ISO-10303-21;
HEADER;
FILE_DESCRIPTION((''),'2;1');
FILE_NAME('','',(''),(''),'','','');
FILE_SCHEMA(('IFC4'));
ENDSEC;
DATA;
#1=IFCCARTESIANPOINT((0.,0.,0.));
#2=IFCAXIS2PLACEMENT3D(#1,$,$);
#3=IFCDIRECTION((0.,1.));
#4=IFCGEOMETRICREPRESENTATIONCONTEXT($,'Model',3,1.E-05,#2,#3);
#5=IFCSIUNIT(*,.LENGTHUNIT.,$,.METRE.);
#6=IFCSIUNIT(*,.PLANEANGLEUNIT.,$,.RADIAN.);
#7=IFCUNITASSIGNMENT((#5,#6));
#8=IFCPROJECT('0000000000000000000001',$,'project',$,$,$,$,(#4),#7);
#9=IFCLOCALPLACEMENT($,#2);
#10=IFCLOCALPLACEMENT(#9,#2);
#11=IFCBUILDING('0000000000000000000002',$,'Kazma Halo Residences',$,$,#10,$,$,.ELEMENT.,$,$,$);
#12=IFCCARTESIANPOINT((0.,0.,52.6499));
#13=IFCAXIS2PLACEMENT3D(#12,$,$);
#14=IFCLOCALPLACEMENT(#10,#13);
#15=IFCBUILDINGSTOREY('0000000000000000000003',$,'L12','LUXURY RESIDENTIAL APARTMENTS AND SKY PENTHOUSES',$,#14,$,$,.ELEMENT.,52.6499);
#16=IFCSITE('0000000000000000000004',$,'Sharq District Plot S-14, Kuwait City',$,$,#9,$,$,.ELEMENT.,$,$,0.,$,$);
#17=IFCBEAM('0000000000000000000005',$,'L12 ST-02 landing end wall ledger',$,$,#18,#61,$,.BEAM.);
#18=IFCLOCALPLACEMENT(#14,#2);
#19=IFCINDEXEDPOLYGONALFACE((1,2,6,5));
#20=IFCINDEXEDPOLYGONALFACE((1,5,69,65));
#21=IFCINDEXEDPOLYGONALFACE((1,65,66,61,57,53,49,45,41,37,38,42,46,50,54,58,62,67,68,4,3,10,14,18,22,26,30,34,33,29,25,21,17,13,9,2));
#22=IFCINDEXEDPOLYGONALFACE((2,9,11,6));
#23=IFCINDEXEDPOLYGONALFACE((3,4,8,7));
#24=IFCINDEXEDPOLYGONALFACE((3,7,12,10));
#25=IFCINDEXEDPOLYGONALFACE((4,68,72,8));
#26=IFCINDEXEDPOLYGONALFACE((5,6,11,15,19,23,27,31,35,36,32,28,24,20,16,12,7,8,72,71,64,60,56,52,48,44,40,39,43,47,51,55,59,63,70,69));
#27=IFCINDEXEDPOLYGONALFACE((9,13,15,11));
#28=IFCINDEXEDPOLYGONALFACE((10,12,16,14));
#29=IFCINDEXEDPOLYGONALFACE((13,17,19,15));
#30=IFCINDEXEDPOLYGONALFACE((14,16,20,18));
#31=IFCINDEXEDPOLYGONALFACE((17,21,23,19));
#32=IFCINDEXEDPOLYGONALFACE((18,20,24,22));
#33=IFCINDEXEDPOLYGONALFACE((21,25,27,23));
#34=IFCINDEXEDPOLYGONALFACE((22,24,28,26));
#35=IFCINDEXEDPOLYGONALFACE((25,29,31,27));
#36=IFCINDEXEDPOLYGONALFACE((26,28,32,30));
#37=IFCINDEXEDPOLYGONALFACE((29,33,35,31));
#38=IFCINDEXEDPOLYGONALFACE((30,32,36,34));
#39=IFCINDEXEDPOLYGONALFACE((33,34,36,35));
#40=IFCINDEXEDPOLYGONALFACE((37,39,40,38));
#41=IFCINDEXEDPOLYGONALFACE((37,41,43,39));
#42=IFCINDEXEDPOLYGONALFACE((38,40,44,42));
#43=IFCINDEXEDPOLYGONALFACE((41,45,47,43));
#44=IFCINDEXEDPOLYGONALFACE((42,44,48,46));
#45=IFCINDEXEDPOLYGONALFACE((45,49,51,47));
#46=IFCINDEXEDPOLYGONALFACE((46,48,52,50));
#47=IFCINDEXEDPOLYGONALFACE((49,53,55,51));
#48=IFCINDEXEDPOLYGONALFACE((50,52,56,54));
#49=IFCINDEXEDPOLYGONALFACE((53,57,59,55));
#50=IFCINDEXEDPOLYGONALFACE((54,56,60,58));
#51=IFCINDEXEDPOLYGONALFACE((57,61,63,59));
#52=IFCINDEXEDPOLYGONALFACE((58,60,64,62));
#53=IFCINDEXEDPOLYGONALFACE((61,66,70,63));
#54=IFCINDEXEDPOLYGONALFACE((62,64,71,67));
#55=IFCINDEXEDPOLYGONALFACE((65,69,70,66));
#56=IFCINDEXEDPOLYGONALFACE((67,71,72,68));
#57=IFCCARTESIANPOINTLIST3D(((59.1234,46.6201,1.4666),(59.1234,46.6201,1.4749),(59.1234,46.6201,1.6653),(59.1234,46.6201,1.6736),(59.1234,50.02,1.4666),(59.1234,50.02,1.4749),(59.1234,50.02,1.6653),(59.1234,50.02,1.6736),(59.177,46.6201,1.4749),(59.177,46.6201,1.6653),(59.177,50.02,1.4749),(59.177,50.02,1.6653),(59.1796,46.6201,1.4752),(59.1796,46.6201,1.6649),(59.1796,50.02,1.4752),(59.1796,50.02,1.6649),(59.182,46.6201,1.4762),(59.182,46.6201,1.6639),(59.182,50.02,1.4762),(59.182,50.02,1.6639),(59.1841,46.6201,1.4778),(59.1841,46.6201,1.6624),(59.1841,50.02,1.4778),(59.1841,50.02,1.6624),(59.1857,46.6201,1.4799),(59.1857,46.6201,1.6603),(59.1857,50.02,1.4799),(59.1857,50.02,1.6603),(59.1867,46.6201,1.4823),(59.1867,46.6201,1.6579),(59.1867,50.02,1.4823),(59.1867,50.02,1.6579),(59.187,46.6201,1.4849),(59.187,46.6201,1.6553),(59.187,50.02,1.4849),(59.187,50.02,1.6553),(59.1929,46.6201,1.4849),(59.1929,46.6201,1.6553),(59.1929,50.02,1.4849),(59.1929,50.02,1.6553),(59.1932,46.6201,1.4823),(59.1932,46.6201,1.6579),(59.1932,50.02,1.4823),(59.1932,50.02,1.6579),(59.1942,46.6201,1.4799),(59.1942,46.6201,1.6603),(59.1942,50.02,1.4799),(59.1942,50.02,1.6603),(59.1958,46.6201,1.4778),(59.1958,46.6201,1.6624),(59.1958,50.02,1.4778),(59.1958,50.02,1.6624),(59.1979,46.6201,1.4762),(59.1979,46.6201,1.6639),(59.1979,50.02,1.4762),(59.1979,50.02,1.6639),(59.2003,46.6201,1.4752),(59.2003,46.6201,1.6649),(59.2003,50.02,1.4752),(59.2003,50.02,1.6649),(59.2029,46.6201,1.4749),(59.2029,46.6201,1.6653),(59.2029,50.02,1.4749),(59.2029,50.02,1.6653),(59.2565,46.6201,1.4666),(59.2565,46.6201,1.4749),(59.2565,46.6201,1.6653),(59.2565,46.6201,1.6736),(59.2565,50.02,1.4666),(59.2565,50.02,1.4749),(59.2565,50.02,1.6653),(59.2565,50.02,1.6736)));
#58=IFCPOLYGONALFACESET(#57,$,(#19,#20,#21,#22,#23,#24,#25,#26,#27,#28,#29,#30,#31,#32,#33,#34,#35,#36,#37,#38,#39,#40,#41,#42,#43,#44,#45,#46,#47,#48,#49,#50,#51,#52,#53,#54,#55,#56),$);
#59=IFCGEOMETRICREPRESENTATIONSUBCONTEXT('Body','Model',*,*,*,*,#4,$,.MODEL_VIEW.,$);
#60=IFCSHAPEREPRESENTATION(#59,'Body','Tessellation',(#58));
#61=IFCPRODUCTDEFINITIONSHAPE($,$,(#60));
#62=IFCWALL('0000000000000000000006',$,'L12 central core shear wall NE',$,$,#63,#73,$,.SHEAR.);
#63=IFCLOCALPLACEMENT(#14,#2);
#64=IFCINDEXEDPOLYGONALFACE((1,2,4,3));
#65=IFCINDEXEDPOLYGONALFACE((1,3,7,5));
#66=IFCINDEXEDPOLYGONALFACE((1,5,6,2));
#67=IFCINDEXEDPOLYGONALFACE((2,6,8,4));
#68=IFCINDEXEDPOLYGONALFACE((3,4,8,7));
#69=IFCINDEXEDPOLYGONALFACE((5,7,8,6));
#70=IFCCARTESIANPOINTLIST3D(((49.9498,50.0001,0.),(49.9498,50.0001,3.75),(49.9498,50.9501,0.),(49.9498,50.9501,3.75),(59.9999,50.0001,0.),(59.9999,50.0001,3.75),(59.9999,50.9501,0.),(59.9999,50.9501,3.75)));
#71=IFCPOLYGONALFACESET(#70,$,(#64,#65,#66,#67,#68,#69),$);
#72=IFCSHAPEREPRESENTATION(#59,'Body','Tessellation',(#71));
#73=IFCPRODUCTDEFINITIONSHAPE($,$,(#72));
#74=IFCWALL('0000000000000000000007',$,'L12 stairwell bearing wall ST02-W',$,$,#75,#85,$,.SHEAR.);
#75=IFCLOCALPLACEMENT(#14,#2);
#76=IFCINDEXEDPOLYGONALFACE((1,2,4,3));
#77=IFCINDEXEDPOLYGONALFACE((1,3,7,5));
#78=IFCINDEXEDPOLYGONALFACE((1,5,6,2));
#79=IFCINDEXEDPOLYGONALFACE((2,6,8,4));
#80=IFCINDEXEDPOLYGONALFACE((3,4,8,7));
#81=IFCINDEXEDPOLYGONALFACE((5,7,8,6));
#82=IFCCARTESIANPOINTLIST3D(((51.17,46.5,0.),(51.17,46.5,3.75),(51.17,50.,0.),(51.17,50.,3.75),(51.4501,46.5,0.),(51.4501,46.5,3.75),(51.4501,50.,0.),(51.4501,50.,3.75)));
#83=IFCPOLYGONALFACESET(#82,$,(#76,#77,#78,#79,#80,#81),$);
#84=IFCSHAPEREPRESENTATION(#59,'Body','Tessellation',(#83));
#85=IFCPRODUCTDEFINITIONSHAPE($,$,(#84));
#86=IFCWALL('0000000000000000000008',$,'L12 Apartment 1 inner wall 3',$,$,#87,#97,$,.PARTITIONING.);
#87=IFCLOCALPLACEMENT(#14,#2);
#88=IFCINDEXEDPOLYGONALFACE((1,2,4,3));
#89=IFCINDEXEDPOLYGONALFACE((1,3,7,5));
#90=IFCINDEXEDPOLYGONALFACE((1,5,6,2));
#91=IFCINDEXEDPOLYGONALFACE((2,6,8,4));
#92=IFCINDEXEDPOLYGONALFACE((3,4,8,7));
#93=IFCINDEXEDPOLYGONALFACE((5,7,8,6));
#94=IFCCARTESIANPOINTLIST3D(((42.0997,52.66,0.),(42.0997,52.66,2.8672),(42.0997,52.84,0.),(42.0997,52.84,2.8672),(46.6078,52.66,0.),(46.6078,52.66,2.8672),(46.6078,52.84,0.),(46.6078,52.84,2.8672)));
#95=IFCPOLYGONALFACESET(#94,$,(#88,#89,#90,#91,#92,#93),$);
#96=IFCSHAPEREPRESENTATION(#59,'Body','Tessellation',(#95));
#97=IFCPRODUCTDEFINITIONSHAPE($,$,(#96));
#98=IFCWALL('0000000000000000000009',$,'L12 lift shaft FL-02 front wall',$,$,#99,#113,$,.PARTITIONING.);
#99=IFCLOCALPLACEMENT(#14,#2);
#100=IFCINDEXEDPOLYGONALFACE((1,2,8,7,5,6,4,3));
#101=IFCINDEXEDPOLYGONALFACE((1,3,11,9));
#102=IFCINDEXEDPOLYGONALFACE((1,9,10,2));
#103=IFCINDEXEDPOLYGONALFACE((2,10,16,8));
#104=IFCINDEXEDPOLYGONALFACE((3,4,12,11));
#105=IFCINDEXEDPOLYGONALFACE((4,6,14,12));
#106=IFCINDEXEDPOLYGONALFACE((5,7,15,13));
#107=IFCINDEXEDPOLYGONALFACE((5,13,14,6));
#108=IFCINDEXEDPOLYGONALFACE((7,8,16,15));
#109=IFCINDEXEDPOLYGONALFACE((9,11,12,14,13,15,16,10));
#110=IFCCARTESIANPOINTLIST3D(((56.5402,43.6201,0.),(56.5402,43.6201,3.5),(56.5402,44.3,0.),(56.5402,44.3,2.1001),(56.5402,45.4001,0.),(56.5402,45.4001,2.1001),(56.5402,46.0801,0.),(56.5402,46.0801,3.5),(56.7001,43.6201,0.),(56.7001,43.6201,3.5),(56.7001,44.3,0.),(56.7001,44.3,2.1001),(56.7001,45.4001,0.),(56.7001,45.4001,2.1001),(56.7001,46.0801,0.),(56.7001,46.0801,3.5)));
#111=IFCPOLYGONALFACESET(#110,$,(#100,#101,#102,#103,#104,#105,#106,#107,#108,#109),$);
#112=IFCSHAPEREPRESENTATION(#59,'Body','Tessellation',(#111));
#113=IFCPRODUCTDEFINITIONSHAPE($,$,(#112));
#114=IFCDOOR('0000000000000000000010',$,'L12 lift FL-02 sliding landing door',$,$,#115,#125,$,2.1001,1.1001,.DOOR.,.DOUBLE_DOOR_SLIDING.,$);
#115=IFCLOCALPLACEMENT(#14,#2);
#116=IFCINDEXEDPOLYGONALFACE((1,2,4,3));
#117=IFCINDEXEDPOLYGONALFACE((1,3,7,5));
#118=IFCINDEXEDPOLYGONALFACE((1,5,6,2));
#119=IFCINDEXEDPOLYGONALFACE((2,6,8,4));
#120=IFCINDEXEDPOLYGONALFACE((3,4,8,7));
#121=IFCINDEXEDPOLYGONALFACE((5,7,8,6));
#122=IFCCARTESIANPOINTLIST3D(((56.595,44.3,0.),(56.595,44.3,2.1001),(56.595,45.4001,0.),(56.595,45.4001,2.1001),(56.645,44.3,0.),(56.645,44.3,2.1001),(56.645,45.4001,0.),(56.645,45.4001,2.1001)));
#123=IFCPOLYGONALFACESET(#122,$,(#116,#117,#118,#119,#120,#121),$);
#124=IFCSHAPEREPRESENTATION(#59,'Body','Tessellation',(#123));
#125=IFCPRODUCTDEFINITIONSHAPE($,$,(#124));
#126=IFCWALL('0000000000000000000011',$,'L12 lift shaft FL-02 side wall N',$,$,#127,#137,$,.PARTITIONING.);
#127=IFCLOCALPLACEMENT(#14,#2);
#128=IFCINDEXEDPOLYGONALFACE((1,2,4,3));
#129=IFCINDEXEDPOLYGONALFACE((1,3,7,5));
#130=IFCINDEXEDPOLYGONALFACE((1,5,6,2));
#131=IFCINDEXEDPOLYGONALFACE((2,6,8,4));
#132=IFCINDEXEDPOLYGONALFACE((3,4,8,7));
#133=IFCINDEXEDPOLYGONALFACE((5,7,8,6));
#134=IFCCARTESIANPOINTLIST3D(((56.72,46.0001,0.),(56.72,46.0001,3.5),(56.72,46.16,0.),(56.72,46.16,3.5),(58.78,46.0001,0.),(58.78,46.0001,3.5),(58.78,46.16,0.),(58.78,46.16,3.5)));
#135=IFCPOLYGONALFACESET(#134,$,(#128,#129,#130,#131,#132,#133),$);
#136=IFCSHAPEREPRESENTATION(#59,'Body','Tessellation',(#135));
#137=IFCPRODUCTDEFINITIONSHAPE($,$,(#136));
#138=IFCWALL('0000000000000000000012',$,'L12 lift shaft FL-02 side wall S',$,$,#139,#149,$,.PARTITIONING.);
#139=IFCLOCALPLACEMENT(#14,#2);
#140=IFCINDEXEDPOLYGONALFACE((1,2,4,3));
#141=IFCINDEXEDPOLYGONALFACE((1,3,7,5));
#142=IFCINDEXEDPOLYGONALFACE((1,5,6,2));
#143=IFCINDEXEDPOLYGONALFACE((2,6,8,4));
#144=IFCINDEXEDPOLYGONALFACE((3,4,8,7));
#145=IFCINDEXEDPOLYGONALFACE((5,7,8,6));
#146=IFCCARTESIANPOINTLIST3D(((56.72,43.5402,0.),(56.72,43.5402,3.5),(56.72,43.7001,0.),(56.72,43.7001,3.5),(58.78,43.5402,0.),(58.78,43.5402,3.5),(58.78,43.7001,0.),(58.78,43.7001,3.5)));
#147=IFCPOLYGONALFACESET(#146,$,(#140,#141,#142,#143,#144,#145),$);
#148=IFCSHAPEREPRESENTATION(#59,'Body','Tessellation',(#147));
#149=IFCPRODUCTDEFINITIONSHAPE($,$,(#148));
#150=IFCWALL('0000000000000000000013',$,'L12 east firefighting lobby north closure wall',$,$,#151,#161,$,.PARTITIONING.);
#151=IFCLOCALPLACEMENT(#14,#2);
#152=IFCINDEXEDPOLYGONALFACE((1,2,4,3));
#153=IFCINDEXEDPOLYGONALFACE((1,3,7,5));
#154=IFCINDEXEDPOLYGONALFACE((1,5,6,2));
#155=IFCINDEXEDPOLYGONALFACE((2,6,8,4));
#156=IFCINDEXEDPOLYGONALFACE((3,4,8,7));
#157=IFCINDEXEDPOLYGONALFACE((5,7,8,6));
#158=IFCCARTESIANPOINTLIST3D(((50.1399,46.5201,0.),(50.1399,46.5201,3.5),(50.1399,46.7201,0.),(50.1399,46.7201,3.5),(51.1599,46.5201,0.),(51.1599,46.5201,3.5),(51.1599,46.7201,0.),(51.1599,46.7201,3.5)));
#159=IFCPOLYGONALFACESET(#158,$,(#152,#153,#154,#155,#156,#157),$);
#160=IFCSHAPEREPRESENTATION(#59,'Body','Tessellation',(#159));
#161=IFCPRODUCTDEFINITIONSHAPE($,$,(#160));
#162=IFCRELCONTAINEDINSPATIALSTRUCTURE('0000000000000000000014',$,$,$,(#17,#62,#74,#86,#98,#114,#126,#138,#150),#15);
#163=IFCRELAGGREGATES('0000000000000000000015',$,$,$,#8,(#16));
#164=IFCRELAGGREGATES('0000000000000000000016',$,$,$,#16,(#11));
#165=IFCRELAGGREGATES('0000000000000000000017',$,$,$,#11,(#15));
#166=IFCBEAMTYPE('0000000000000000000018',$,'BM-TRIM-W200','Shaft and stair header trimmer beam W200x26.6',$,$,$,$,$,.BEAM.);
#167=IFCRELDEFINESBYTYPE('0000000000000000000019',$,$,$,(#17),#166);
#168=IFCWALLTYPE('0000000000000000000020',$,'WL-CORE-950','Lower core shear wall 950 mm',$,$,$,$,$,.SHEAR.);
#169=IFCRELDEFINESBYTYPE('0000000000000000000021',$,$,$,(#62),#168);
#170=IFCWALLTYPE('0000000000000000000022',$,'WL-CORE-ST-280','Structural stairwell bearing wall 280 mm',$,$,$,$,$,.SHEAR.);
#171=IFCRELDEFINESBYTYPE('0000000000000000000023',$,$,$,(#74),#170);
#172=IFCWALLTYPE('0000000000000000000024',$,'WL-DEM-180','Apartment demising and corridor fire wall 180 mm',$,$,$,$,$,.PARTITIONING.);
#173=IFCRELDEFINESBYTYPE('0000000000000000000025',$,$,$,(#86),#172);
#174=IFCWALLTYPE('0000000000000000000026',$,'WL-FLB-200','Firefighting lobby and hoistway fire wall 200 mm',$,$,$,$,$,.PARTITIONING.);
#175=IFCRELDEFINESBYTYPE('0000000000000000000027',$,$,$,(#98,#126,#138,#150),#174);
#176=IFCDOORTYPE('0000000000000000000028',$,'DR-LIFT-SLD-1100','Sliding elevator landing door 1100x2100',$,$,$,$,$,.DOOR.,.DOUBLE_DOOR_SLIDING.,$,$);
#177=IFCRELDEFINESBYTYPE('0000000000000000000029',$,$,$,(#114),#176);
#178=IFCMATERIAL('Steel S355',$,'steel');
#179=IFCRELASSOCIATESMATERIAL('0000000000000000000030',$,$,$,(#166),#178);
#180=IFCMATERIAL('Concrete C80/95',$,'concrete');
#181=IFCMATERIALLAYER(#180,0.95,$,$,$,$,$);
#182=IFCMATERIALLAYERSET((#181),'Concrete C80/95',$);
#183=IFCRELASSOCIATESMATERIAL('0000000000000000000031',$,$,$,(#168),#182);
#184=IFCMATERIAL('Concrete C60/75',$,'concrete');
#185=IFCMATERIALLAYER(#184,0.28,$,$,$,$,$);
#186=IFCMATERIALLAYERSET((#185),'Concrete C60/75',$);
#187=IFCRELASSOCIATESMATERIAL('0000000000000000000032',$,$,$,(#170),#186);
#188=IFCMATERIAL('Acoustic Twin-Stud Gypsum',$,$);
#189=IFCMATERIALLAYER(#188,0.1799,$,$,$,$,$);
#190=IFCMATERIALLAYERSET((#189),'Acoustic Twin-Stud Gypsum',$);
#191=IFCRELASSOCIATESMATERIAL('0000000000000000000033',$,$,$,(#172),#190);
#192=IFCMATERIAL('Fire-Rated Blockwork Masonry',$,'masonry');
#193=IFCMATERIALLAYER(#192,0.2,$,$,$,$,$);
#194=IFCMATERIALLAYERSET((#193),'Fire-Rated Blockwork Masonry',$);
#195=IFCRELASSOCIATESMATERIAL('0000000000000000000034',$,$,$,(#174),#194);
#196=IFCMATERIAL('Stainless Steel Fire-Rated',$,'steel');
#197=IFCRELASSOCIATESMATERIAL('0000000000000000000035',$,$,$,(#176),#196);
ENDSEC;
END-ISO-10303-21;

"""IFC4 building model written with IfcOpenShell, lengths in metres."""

from ifc_helpers import new_model, si_unit, direction, frame, frame_2d, origin, origin_2d, place, context, subcontext, project, spatial, rectangle, i_section, extrude, material, layer, layer_set, material_profile, profile_set, type_object, element, fill, save


model = new_model("IFC4")

# Units and contexts
model_context = context("Model", 3, precision=1e-05, world=origin(), true_north=direction((0.0, 1.0)))
body_context = subcontext(model_context, "Body", "Model", "MODEL_VIEW")
ifc_project = project(units=[si_unit("LENGTHUNIT", "METRE"), si_unit("PLANEANGLEUNIT", "RADIAN")], contexts=[model_context])

# Site, building, storey
site_placement = place(None, origin())
site = spatial("IfcSite", under=ifc_project, at=site_placement, Name="Sharq District Plot S-14, Kuwait City", CompositionType="ELEMENT", RefElevation=0.0)
building_placement = place(site_placement, origin())
building = spatial("IfcBuilding", under=site, at=building_placement, Name="Kazma Halo Residences", CompositionType="ELEMENT")
storey_placement = place(building_placement, frame((0.0, 0.0, 52.6499)))
storey = spatial("IfcBuildingStorey", under=building, at=storey_placement, Name="L12", Description="LUXURY RESIDENTIAL APARTMENTS AND SKY PENTHOUSES", CompositionType="ELEMENT", Elevation=52.6499)

# Shared definitions
ifc_material_1 = material(Name="Steel S355", Category="steel")

# Beam
ifc_material_profile_1 = material_profile(ifc_material_1, i_section(OverallWidth=0.1331, OverallDepth=0.207, WebThickness=0.0059, FlangeThickness=0.0083, FilletRadius=0.01, at=origin_2d()), Name="W200x26.6")
ifc_profile_set_1 = profile_set([ifc_material_profile_1], Name="Steel S355")
beam_type_1 = type_object("IfcBeamType", Name="BM-TRIM-W200", Description="Shaft and stair header trimmer beam W200x26.6", PredefinedType="BEAM", material=ifc_profile_set_1)
beam_1_placement = place(storey_placement, frame((59.1899, 46.6201, 1.5701), z_axis=(0.0, 1.0, 0.0), x_axis=(-1.0, 0.0, 0.0)))
element("IfcBeam", 1, at=beam_1_placement, inside=storey, type_object=beam_type_1, Name="L12 ST-02 landing end wall ledger", PredefinedType="BEAM", context=body_context, shape_type="SweptSolid", body=[
    extrude(i_section(OverallWidth=0.1331, OverallDepth=0.207, WebThickness=0.0059, FlangeThickness=0.0083, FilletRadius=0.01, at=origin_2d()), origin(), (0.0, 0.0, 1.0), 3.3999),
])

# Walls
ifc_material_2 = material(Name="Concrete C80/95", Category="concrete")
ifc_layer_1 = layer(ifc_material_2, 0.95)
ifc_layer_set_1 = layer_set([ifc_layer_1], Name="Concrete C80/95")
wall_type_1 = type_object("IfcWallType", Name="WL-CORE-950", Description="Lower core shear wall 950 mm", PredefinedType="SHEAR", material=ifc_layer_set_1)
wall_1_placement = place(storey_placement, frame((49.95, 50.4751, 0.0), z_axis=(0.0, 0.0, 1.0), x_axis=(1.0, 0.0, 0.0)))
element("IfcWall", 2, at=wall_1_placement, inside=storey, type_object=wall_type_1, Name="L12 central core shear wall NE", PredefinedType="SHEAR", context=body_context, shape_type="SweptSolid", body=[
    extrude(rectangle(XDim=10.05, YDim=0.95, at=frame_2d((5.0249, 0.0))), origin(), (0.0, 0.0, 1.0), 3.75),
])
ifc_material_3 = material(Name="Concrete C60/75", Category="concrete")
ifc_layer_2 = layer(ifc_material_3, 0.28)
ifc_layer_set_2 = layer_set([ifc_layer_2], Name="Concrete C60/75")
wall_type_2 = type_object("IfcWallType", Name="WL-CORE-ST-280", Description="Structural stairwell bearing wall 280 mm", PredefinedType="SHEAR", material=ifc_layer_set_2)
wall_2_placement = place(storey_placement, frame((51.3101, 46.5, 0.0), z_axis=(0.0, 0.0, 1.0), x_axis=(0.0, 1.0, 0.0)))
element("IfcWall", 3, at=wall_2_placement, inside=storey, type_object=wall_type_2, Name="L12 stairwell bearing wall ST02-W", PredefinedType="SHEAR", context=body_context, shape_type="SweptSolid", body=[
    extrude(rectangle(XDim=3.5, YDim=0.28, at=frame_2d((1.75, 0.0))), origin(), (0.0, 0.0, 1.0), 3.75),
])
ifc_material_4 = material(Name="Acoustic Twin-Stud Gypsum")
ifc_layer_3 = layer(ifc_material_4, 0.1799)
ifc_layer_set_3 = layer_set([ifc_layer_3], Name="Acoustic Twin-Stud Gypsum")
wall_type_3 = type_object("IfcWallType", Name="WL-DEM-180", Description="Apartment demising and corridor fire wall 180 mm", PredefinedType="PARTITIONING", material=ifc_layer_set_3)
wall_3_placement = place(storey_placement, frame((46.6077, 52.75, 0.0), z_axis=(0.0, 0.0, 1.0), x_axis=(-1.0, 0.0, 0.0)))
element("IfcWall", 4, at=wall_3_placement, inside=storey, type_object=wall_type_3, Name="L12 Apartment 1 inner wall 3", PredefinedType="PARTITIONING", context=body_context, shape_type="SweptSolid", body=[
    extrude(rectangle(XDim=4.5081, YDim=0.1799, at=frame_2d((2.2539, 0.0))), origin(), (0.0, 0.0, 1.0), 2.8672),
])

# Wall, opening, door
ifc_material_5 = material(Name="Fire-Rated Blockwork Masonry", Category="masonry")
ifc_layer_4 = layer(ifc_material_5, 0.2)
ifc_layer_set_4 = layer_set([ifc_layer_4], Name="Fire-Rated Blockwork Masonry")
wall_type_4 = type_object("IfcWallType", Name="WL-FLB-200", Description="Firefighting lobby and hoistway fire wall 200 mm", PredefinedType="PARTITIONING", material=ifc_layer_set_4)
wall_4_placement = place(storey_placement, frame((56.6201, 46.0801, 0.0), z_axis=(0.0, 0.0, 1.0), x_axis=(0.0, -1.0, 0.0)))
wall_4 = element("IfcWall", 5, at=wall_4_placement, inside=storey, type_object=wall_type_4, Name="L12 lift shaft FL-02 front wall", PredefinedType="PARTITIONING", context=body_context, shape_type="SweptSolid", body=[
    extrude(rectangle(XDim=2.46, YDim=0.1599, at=frame_2d((1.23, 0.0))), origin(), (0.0, 0.0, 1.0), 3.5),
])
opening_1_placement = place(wall_4_placement, frame((0.6799, 0.0, 0.0)))
opening_1 = element("IfcOpeningElement", 6, at=opening_1_placement, cuts=wall_4, PredefinedType="OPENING", context=body_context, shape_type="SweptSolid", body=[
    extrude(rectangle(XDim=1.1001, YDim=2.1001, at=frame_2d((0.55, 1.05))), frame((0.0, 0.0898, 0.0), z_axis=(0.0, -1.0, 0.0), x_axis=(1.0, 0.0, 0.0)), (0.0, 0.0, 1.0), 0.1799),
])
ifc_material_6 = material(Name="Stainless Steel Fire-Rated", Category="steel")
door_type_1 = type_object("IfcDoorType", Name="DR-LIFT-SLD-1100", Description="Sliding elevator landing door 1100x2100", OperationType="DOUBLE_DOOR_SLIDING", PredefinedType="DOOR", material=ifc_material_6)
door_1_placement = place(opening_1_placement, origin())
door_1 = element("IfcDoor", 7, at=door_1_placement, inside=storey, type_object=door_type_1, Name="L12 lift FL-02 sliding landing door", OperationType="DOUBLE_DOOR_SLIDING", OverallHeight=2.1001, OverallWidth=1.1001, PredefinedType="DOOR", context=body_context, shape_type="SweptSolid", body=[
    extrude(rectangle(XDim=1.1001, YDim=2.1001, at=frame_2d((0.55, 1.05))), frame((0.0, 0.0249, 0.0), z_axis=(0.0, -1.0, 0.0), x_axis=(1.0, 0.0, 0.0)), (0.0, 0.0, 1.0), 0.05),
])
fill(opening_1, door_1)

# Walls
for number, where, z_axis, x_axis, name in (
    (8, (56.72, 46.0801, 0.0), (0.0, 0.0, 1.0), (1.0, 0.0, 0.0), "L12 lift shaft FL-02 side wall N"),
    (9, (56.72, 43.6201, 0.0), (0.0, 0.0, 1.0), (1.0, 0.0, 0.0), "L12 lift shaft FL-02 side wall S"),
):
    element("IfcWall", number, at=place(storey_placement, frame(where, z_axis=z_axis, x_axis=x_axis)), inside=storey, type_object=wall_type_4, Name=name, PredefinedType="PARTITIONING", context=body_context, shape_type="SweptSolid", body=[
        extrude(rectangle(XDim=2.0601, YDim=0.1599, at=frame_2d((1.03, 0.0))), origin(), (0.0, 0.0, 1.0), 3.5),
    ])
wall_5_placement = place(storey_placement, frame((50.1399, 46.6201, 0.0), z_axis=(0.0, 0.0, 1.0), x_axis=(1.0, 0.0, 0.0)))
element("IfcWall", 10, at=wall_5_placement, inside=storey, type_object=wall_type_4, Name="L12 east firefighting lobby north closure wall", PredefinedType="PARTITIONING", context=body_context, shape_type="SweptSolid", body=[
    extrude(rectangle(XDim=1.02, YDim=0.2, at=frame_2d((0.51, 0.0))), origin(), (0.0, 0.0, 1.0), 3.5),
])

save(model, "model.ifc")
